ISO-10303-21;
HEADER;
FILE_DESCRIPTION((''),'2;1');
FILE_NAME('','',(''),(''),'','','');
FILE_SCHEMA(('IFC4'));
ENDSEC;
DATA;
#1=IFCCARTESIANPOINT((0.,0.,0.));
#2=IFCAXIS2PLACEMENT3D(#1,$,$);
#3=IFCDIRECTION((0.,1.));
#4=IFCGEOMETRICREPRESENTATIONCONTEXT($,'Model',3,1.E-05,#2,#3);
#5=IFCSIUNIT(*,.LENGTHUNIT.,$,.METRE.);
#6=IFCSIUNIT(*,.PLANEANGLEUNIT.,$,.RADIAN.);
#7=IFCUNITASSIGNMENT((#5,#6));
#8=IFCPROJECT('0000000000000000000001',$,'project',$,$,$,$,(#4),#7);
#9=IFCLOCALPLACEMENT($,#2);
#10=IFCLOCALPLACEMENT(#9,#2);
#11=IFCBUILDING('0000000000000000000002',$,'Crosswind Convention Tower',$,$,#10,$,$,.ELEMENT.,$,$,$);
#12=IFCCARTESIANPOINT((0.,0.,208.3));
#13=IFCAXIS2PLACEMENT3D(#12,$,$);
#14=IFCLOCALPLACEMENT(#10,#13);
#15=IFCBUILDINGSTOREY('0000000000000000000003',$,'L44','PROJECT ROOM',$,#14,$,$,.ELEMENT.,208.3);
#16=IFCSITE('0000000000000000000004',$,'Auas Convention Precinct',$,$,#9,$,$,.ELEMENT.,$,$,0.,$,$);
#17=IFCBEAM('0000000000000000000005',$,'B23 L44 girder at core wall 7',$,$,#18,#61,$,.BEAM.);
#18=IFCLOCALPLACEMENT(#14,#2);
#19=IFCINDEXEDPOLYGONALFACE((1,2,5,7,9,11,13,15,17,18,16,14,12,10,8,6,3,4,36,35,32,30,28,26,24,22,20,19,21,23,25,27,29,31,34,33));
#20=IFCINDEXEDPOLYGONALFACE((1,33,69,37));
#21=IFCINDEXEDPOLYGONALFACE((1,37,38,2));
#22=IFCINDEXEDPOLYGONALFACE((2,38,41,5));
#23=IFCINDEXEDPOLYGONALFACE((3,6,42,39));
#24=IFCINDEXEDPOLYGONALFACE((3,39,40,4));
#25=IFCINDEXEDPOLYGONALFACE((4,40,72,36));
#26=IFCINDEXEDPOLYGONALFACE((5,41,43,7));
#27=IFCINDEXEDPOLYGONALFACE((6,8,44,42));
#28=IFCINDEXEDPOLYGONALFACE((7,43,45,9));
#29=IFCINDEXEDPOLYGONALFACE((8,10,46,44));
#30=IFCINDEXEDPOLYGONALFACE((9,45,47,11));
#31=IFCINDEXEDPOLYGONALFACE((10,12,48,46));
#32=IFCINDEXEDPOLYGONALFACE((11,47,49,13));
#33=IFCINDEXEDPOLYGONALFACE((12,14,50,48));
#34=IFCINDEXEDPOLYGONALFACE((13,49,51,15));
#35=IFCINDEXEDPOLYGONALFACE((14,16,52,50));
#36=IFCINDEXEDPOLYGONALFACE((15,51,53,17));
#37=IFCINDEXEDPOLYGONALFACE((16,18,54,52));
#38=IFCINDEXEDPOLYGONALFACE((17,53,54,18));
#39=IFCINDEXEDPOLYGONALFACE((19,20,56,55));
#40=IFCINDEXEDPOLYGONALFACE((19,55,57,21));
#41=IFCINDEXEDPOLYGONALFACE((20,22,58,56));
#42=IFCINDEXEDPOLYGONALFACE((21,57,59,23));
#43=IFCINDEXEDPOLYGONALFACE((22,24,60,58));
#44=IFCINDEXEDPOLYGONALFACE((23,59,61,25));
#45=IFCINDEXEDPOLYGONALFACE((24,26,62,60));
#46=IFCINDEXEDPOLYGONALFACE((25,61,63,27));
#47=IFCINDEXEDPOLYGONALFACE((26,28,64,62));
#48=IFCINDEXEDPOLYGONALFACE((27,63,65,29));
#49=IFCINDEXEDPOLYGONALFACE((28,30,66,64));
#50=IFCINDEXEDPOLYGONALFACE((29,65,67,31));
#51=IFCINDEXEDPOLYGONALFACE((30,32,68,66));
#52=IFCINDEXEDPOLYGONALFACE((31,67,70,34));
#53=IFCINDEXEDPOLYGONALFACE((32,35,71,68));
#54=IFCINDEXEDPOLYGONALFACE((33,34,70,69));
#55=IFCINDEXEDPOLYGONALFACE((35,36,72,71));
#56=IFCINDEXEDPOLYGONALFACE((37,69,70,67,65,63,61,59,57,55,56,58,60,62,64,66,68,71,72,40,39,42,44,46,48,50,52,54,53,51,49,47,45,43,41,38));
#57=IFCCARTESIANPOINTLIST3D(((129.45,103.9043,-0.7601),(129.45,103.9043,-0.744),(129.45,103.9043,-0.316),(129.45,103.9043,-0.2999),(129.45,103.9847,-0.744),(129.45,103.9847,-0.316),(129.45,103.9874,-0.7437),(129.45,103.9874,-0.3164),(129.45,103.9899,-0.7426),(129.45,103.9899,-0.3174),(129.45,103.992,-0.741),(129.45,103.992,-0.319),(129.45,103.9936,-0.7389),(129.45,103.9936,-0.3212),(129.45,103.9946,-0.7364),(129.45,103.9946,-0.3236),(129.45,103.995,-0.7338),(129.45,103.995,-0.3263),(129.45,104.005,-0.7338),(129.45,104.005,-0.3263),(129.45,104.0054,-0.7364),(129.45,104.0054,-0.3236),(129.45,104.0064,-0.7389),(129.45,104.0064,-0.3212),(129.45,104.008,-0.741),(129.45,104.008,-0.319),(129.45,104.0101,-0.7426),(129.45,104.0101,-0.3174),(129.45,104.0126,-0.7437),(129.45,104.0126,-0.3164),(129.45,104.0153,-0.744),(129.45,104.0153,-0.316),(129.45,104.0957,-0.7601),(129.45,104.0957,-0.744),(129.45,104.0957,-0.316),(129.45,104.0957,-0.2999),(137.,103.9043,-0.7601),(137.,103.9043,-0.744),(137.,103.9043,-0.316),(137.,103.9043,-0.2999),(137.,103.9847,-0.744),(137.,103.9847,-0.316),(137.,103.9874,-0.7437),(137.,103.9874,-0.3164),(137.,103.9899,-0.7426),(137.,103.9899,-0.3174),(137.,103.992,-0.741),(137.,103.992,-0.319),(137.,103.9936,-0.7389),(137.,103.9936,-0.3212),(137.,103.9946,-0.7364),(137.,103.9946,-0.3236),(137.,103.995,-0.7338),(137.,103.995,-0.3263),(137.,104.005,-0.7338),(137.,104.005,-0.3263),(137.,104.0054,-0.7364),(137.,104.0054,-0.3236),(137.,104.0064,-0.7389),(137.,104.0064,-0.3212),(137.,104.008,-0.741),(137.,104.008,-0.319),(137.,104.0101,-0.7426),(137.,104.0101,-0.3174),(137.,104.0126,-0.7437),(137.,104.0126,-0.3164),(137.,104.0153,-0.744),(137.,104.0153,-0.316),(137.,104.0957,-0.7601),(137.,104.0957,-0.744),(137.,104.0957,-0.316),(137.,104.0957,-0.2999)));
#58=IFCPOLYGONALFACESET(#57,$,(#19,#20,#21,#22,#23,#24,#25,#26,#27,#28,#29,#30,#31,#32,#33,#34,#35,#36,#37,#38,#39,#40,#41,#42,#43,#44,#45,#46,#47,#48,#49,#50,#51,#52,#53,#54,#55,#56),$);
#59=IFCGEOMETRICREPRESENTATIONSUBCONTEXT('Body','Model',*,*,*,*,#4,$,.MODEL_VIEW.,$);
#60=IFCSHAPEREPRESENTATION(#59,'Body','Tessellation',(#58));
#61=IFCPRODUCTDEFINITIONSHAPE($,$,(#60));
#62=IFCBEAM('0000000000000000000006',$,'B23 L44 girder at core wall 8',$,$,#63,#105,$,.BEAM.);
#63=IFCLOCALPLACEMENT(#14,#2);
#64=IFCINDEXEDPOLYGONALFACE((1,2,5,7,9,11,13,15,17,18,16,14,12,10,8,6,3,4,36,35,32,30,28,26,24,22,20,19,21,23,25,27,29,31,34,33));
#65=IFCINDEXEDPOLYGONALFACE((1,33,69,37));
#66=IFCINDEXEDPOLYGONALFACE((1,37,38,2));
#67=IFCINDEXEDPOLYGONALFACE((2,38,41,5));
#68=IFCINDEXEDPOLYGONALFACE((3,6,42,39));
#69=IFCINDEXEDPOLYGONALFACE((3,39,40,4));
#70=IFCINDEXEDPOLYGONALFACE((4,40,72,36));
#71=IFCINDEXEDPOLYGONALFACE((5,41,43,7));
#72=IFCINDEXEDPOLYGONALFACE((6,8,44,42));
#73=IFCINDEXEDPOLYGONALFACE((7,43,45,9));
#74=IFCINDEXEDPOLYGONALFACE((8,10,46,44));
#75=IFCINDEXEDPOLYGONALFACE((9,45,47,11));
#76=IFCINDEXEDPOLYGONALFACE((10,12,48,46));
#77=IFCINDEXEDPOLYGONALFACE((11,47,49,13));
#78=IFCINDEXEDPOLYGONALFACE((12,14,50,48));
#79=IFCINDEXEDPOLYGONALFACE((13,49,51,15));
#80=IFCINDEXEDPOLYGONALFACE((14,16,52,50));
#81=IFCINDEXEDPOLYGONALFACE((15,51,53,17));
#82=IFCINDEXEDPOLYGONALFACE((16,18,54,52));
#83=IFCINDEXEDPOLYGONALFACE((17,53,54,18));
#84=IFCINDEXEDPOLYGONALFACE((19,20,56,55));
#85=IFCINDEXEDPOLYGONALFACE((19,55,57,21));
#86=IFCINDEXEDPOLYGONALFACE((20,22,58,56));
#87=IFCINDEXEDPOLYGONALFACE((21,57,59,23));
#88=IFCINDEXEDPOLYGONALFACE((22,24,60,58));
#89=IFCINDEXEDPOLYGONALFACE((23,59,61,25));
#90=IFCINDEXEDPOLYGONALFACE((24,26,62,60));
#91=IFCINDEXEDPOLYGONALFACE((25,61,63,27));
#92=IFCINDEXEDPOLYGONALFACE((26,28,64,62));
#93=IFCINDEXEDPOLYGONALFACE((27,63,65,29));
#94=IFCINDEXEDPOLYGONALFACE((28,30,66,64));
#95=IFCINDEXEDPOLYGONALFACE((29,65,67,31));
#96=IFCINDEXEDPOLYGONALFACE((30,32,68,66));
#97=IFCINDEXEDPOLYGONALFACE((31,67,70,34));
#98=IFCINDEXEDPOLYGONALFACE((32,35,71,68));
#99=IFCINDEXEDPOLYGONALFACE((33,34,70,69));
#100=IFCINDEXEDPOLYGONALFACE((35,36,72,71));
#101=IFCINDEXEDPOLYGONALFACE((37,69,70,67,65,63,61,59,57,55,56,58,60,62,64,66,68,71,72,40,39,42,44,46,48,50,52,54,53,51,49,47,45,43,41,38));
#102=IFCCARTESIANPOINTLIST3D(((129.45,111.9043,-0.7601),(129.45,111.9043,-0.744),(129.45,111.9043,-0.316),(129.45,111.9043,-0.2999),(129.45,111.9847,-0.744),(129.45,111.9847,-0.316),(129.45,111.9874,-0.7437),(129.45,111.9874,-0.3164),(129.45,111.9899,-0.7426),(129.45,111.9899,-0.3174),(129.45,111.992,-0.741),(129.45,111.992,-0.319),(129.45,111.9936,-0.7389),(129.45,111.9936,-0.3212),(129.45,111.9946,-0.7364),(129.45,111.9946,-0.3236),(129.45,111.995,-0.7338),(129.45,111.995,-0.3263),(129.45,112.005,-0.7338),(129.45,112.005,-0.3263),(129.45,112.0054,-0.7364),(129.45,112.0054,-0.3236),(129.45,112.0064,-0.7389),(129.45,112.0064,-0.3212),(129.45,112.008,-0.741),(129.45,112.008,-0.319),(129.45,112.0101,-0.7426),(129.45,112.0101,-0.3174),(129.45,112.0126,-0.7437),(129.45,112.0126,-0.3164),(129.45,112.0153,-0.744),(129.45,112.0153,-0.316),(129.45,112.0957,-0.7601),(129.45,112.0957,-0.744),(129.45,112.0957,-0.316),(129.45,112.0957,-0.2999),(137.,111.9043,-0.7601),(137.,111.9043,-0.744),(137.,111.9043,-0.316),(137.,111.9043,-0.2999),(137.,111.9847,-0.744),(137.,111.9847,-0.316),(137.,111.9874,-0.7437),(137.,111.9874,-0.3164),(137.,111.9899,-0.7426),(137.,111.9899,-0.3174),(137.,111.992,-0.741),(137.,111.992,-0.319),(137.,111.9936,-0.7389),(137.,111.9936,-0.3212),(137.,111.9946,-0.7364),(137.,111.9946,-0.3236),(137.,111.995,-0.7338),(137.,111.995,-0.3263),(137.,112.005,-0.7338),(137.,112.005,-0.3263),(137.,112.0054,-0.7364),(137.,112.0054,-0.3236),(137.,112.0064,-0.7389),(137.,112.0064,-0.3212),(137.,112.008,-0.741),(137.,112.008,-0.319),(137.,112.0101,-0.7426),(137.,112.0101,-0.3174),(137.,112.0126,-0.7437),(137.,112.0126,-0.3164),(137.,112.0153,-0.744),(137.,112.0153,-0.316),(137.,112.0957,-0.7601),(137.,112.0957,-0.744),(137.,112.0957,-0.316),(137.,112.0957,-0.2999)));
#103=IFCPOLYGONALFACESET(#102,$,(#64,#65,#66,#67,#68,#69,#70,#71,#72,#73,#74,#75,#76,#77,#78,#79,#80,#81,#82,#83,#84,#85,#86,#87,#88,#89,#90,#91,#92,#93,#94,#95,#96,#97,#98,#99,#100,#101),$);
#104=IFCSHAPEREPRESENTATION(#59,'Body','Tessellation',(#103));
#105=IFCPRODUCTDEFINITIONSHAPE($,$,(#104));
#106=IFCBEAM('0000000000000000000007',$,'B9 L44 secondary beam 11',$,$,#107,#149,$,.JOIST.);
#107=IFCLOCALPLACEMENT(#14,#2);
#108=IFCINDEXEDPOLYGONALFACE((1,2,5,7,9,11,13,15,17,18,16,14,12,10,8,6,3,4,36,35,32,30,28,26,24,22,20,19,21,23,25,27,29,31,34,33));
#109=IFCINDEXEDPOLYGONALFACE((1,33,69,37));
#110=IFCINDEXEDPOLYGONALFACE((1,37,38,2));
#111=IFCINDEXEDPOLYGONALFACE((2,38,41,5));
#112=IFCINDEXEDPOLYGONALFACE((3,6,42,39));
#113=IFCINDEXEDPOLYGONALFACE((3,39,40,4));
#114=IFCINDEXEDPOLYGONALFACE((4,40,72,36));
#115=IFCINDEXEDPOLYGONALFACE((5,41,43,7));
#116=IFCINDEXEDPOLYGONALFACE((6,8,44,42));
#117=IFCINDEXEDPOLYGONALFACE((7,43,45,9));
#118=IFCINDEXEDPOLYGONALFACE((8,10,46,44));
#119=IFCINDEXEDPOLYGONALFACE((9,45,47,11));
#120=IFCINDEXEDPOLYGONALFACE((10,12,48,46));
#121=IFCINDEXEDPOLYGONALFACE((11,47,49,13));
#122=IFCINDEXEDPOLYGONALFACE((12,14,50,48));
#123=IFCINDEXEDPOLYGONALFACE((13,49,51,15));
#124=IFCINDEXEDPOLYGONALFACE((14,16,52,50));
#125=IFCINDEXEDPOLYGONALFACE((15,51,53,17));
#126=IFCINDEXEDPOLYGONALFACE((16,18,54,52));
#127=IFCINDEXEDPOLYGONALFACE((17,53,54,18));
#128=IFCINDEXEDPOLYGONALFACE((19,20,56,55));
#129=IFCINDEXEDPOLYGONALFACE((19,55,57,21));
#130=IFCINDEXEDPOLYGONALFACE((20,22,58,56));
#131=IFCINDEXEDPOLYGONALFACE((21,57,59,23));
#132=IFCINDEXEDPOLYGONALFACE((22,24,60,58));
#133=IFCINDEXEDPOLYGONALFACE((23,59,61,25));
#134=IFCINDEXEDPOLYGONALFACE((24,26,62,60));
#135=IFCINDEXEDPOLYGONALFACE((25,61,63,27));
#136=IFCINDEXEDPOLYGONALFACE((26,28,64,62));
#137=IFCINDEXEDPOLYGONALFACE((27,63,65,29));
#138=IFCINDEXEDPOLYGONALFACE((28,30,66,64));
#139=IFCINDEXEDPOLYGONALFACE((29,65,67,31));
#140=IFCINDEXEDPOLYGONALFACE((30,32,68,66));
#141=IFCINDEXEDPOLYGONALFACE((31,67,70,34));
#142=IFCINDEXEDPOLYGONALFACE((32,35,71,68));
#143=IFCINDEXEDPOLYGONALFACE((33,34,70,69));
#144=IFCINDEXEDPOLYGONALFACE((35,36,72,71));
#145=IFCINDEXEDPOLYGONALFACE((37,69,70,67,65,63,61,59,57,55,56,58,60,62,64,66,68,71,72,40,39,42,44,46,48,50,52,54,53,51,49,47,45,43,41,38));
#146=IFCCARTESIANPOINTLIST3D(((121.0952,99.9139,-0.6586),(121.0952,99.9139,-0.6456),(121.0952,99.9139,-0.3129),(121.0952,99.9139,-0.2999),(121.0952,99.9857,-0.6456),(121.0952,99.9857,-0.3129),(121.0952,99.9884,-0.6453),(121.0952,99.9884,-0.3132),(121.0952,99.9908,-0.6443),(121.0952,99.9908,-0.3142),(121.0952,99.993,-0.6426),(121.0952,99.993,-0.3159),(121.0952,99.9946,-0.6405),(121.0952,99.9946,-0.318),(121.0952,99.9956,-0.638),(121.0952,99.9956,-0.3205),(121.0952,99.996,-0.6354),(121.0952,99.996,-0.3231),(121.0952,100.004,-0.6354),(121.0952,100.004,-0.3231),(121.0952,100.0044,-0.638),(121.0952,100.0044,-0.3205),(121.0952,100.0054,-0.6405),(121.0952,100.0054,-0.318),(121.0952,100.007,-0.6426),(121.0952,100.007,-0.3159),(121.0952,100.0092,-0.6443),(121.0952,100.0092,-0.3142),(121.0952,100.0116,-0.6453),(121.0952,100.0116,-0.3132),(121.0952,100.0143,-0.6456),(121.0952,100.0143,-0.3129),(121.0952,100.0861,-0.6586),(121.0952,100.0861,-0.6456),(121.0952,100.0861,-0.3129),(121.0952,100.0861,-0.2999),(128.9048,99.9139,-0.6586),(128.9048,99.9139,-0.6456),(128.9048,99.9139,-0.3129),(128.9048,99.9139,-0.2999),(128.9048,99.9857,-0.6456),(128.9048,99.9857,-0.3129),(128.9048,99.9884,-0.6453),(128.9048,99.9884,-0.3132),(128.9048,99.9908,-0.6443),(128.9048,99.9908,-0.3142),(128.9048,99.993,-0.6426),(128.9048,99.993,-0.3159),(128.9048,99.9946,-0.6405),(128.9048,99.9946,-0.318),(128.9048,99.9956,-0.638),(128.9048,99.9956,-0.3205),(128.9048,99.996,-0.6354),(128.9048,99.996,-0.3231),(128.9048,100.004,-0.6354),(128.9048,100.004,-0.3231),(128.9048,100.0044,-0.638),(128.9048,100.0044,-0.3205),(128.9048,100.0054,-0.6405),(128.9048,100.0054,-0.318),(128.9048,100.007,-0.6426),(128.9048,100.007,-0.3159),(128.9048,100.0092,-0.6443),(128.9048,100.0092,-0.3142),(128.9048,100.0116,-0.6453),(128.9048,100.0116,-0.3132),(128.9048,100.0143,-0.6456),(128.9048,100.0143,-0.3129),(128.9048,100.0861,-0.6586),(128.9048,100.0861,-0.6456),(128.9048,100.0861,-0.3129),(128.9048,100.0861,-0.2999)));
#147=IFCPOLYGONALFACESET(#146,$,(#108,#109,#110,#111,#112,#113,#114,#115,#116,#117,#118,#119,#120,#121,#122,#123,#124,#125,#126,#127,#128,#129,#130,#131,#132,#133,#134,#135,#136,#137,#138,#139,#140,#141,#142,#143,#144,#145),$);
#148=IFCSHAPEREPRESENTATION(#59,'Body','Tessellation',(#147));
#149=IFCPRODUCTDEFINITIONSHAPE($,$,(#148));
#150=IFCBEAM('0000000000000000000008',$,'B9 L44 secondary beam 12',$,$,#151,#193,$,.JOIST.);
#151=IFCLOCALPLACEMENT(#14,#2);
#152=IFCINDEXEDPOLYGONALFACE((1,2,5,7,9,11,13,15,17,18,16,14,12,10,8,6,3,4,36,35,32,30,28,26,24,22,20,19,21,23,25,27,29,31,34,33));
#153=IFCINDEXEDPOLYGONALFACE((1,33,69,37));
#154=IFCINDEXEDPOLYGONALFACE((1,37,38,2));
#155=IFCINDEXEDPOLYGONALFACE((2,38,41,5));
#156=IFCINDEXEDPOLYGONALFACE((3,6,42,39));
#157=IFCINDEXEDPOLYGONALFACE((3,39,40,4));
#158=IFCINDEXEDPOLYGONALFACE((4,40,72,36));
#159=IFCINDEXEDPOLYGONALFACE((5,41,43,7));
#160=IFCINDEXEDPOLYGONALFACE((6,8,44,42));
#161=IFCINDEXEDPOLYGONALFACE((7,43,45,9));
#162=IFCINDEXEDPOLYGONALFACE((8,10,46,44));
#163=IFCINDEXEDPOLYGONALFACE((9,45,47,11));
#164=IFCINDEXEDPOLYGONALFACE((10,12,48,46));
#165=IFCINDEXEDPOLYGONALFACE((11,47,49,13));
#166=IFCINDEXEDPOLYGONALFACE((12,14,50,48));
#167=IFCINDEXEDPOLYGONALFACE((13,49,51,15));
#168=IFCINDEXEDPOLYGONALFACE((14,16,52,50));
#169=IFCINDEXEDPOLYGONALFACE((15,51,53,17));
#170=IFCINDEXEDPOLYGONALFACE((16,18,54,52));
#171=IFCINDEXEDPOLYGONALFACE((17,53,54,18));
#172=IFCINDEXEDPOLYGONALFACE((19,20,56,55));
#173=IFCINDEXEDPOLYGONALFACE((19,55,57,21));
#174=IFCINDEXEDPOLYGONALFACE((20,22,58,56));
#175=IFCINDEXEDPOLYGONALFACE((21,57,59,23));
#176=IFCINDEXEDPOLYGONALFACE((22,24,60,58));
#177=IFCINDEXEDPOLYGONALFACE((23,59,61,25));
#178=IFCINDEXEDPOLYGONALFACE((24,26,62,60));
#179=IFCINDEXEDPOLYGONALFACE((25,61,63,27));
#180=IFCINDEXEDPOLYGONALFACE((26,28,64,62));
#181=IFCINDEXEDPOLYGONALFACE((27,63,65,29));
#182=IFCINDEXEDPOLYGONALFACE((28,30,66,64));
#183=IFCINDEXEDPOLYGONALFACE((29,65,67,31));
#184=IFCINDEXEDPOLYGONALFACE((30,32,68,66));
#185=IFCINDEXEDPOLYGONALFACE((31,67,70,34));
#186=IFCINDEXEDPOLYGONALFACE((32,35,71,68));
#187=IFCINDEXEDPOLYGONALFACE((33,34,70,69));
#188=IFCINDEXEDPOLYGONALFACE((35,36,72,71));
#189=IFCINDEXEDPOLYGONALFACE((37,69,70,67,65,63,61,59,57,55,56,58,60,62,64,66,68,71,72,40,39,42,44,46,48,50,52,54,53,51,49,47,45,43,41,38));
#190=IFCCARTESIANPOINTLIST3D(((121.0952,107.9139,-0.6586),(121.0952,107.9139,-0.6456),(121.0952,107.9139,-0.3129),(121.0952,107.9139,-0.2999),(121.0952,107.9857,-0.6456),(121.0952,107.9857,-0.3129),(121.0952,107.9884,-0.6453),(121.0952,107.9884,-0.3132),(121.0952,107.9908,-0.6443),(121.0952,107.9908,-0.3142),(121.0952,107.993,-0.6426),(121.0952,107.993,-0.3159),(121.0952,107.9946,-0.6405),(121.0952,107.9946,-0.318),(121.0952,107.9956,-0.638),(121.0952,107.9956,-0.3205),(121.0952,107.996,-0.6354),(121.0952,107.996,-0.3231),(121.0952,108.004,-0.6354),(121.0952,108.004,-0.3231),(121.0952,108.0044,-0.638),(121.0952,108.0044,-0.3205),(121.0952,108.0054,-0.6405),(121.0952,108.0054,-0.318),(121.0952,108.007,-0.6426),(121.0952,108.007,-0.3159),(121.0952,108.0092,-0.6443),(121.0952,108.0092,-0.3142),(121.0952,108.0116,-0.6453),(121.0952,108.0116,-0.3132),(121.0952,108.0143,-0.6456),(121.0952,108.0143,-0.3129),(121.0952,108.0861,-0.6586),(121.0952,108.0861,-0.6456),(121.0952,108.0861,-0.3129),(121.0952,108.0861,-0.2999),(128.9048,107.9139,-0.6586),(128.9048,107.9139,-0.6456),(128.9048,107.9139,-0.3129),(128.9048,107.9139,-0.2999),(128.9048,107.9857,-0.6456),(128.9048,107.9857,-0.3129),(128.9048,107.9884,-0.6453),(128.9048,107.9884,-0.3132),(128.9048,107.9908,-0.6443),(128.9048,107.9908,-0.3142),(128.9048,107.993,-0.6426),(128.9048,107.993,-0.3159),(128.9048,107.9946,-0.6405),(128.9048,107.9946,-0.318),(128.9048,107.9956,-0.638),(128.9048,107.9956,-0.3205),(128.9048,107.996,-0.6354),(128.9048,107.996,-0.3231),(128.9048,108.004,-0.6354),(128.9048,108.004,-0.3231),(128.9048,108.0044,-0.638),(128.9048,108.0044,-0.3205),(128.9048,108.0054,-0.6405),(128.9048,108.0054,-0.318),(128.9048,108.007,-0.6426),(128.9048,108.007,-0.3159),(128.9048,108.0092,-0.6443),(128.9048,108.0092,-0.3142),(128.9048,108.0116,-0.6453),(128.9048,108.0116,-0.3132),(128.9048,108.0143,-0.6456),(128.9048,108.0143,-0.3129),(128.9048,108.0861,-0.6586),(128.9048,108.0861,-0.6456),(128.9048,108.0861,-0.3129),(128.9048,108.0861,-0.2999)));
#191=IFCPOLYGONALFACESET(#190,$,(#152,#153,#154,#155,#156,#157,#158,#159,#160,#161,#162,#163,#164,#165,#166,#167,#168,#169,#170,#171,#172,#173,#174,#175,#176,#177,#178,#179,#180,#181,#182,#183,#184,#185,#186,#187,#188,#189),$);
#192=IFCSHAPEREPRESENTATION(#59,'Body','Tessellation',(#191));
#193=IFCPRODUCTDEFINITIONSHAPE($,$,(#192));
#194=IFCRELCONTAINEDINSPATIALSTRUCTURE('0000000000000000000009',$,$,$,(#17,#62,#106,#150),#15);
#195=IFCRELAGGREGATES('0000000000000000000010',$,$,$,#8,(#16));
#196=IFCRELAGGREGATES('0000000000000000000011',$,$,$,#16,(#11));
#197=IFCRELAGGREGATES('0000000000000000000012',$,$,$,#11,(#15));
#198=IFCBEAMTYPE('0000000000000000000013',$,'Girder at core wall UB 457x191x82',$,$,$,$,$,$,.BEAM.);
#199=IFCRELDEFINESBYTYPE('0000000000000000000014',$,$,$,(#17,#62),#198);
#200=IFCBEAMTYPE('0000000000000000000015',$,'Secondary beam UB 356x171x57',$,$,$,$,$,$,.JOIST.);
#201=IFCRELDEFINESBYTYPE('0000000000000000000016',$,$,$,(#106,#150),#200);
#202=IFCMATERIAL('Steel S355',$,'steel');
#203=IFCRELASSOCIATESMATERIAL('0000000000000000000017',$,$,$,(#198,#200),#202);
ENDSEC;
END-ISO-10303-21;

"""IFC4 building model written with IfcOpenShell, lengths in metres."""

from ifc_helpers import new_model, si_unit, direction, frame, origin, origin_2d, place, context, subcontext, project, spatial, i_section, extrude, material, material_profile, profile_set, type_object, element, save


model = new_model("IFC4")

# Units and contexts
model_context = context("Model", 3, precision=1e-05, world=origin(), true_north=direction((0.0, 1.0)))
body_context = subcontext(model_context, "Body", "Model", "MODEL_VIEW")
ifc_project = project(units=[si_unit("LENGTHUNIT", "METRE"), si_unit("PLANEANGLEUNIT", "RADIAN")], contexts=[model_context])

# Site, building, storey
site_placement = place(None, origin())
site = spatial("IfcSite", under=ifc_project, at=site_placement, Name="Auas Convention Precinct", CompositionType="ELEMENT", RefElevation=0.0)
building_placement = place(site_placement, origin())
building = spatial("IfcBuilding", under=site, at=building_placement, Name="Crosswind Convention Tower", CompositionType="ELEMENT")
storey_placement = place(building_placement, frame((0.0, 0.0, 208.3)))
storey = spatial("IfcBuildingStorey", under=building, at=storey_placement, Name="L44", Description="PROJECT ROOM", CompositionType="ELEMENT", Elevation=208.3)

# Beams
ifc_material_1 = material(Name="Steel S355", Category="steel")
ifc_material_profile_1 = material_profile(ifc_material_1, i_section(OverallWidth=0.1914, OverallDepth=0.4602, WebThickness=0.01, FlangeThickness=0.0161, FilletRadius=0.0103, at=origin_2d()), Name="UB 457x191x82")
ifc_profile_set_1 = profile_set([ifc_material_profile_1], Name="Steel S355")
beam_type_1 = type_object("IfcBeamType", Name="Girder at core wall UB 457x191x82", PredefinedType="BEAM", material=ifc_profile_set_1)
for number, where, z_axis, x_axis, name in (
    (1, (129.45, 104.0, -0.53), (1.0, 0.0, 0.0), (0.0, 1.0, 0.0), "B23 L44 girder at core wall 7"),
    (2, (129.45, 112.0, -0.53), (1.0, 0.0, 0.0), (0.0, 1.0, 0.0), "B23 L44 girder at core wall 8"),
):
    element("IfcBeam", number, at=place(storey_placement, frame(where, z_axis=z_axis, x_axis=x_axis)), inside=storey, type_object=beam_type_1, Name=name, PredefinedType="BEAM", context=body_context, shape_type="SweptSolid", body=[
        extrude(i_section(OverallWidth=0.1914, OverallDepth=0.4602, WebThickness=0.01, FlangeThickness=0.0161, FilletRadius=0.0103, at=origin_2d()), origin(), (0.0, 0.0, 1.0), 7.55),
    ])
ifc_material_profile_2 = material_profile(ifc_material_1, i_section(OverallWidth=0.1721, OverallDepth=0.3586, WebThickness=0.0081, FlangeThickness=0.0129, FilletRadius=0.0103, at=origin_2d()), Name="UB 356x171x57")
ifc_profile_set_2 = profile_set([ifc_material_profile_2], Name="Steel S355")
beam_type_2 = type_object("IfcBeamType", Name="Secondary beam UB 356x171x57", PredefinedType="JOIST", material=ifc_profile_set_2)
for number, where, z_axis, x_axis, name in (
    (3, (121.0952, 100.0, -0.4792), (1.0, 0.0, 0.0), (0.0, 1.0, 0.0), "B9 L44 secondary beam 11"),
    (4, (121.0952, 108.0, -0.4792), (1.0, 0.0, 0.0), (0.0, 1.0, 0.0), "B9 L44 secondary beam 12"),
):
    element("IfcBeam", number, at=place(storey_placement, frame(where, z_axis=z_axis, x_axis=x_axis)), inside=storey, type_object=beam_type_2, Name=name, PredefinedType="JOIST", context=body_context, shape_type="SweptSolid", body=[
        extrude(i_section(OverallWidth=0.1721, OverallDepth=0.3586, WebThickness=0.0081, FlangeThickness=0.0129, FilletRadius=0.0103, at=origin_2d()), origin(), (0.0, 0.0, 1.0), 7.8096),
    ])

save(model, "model.ifc")
